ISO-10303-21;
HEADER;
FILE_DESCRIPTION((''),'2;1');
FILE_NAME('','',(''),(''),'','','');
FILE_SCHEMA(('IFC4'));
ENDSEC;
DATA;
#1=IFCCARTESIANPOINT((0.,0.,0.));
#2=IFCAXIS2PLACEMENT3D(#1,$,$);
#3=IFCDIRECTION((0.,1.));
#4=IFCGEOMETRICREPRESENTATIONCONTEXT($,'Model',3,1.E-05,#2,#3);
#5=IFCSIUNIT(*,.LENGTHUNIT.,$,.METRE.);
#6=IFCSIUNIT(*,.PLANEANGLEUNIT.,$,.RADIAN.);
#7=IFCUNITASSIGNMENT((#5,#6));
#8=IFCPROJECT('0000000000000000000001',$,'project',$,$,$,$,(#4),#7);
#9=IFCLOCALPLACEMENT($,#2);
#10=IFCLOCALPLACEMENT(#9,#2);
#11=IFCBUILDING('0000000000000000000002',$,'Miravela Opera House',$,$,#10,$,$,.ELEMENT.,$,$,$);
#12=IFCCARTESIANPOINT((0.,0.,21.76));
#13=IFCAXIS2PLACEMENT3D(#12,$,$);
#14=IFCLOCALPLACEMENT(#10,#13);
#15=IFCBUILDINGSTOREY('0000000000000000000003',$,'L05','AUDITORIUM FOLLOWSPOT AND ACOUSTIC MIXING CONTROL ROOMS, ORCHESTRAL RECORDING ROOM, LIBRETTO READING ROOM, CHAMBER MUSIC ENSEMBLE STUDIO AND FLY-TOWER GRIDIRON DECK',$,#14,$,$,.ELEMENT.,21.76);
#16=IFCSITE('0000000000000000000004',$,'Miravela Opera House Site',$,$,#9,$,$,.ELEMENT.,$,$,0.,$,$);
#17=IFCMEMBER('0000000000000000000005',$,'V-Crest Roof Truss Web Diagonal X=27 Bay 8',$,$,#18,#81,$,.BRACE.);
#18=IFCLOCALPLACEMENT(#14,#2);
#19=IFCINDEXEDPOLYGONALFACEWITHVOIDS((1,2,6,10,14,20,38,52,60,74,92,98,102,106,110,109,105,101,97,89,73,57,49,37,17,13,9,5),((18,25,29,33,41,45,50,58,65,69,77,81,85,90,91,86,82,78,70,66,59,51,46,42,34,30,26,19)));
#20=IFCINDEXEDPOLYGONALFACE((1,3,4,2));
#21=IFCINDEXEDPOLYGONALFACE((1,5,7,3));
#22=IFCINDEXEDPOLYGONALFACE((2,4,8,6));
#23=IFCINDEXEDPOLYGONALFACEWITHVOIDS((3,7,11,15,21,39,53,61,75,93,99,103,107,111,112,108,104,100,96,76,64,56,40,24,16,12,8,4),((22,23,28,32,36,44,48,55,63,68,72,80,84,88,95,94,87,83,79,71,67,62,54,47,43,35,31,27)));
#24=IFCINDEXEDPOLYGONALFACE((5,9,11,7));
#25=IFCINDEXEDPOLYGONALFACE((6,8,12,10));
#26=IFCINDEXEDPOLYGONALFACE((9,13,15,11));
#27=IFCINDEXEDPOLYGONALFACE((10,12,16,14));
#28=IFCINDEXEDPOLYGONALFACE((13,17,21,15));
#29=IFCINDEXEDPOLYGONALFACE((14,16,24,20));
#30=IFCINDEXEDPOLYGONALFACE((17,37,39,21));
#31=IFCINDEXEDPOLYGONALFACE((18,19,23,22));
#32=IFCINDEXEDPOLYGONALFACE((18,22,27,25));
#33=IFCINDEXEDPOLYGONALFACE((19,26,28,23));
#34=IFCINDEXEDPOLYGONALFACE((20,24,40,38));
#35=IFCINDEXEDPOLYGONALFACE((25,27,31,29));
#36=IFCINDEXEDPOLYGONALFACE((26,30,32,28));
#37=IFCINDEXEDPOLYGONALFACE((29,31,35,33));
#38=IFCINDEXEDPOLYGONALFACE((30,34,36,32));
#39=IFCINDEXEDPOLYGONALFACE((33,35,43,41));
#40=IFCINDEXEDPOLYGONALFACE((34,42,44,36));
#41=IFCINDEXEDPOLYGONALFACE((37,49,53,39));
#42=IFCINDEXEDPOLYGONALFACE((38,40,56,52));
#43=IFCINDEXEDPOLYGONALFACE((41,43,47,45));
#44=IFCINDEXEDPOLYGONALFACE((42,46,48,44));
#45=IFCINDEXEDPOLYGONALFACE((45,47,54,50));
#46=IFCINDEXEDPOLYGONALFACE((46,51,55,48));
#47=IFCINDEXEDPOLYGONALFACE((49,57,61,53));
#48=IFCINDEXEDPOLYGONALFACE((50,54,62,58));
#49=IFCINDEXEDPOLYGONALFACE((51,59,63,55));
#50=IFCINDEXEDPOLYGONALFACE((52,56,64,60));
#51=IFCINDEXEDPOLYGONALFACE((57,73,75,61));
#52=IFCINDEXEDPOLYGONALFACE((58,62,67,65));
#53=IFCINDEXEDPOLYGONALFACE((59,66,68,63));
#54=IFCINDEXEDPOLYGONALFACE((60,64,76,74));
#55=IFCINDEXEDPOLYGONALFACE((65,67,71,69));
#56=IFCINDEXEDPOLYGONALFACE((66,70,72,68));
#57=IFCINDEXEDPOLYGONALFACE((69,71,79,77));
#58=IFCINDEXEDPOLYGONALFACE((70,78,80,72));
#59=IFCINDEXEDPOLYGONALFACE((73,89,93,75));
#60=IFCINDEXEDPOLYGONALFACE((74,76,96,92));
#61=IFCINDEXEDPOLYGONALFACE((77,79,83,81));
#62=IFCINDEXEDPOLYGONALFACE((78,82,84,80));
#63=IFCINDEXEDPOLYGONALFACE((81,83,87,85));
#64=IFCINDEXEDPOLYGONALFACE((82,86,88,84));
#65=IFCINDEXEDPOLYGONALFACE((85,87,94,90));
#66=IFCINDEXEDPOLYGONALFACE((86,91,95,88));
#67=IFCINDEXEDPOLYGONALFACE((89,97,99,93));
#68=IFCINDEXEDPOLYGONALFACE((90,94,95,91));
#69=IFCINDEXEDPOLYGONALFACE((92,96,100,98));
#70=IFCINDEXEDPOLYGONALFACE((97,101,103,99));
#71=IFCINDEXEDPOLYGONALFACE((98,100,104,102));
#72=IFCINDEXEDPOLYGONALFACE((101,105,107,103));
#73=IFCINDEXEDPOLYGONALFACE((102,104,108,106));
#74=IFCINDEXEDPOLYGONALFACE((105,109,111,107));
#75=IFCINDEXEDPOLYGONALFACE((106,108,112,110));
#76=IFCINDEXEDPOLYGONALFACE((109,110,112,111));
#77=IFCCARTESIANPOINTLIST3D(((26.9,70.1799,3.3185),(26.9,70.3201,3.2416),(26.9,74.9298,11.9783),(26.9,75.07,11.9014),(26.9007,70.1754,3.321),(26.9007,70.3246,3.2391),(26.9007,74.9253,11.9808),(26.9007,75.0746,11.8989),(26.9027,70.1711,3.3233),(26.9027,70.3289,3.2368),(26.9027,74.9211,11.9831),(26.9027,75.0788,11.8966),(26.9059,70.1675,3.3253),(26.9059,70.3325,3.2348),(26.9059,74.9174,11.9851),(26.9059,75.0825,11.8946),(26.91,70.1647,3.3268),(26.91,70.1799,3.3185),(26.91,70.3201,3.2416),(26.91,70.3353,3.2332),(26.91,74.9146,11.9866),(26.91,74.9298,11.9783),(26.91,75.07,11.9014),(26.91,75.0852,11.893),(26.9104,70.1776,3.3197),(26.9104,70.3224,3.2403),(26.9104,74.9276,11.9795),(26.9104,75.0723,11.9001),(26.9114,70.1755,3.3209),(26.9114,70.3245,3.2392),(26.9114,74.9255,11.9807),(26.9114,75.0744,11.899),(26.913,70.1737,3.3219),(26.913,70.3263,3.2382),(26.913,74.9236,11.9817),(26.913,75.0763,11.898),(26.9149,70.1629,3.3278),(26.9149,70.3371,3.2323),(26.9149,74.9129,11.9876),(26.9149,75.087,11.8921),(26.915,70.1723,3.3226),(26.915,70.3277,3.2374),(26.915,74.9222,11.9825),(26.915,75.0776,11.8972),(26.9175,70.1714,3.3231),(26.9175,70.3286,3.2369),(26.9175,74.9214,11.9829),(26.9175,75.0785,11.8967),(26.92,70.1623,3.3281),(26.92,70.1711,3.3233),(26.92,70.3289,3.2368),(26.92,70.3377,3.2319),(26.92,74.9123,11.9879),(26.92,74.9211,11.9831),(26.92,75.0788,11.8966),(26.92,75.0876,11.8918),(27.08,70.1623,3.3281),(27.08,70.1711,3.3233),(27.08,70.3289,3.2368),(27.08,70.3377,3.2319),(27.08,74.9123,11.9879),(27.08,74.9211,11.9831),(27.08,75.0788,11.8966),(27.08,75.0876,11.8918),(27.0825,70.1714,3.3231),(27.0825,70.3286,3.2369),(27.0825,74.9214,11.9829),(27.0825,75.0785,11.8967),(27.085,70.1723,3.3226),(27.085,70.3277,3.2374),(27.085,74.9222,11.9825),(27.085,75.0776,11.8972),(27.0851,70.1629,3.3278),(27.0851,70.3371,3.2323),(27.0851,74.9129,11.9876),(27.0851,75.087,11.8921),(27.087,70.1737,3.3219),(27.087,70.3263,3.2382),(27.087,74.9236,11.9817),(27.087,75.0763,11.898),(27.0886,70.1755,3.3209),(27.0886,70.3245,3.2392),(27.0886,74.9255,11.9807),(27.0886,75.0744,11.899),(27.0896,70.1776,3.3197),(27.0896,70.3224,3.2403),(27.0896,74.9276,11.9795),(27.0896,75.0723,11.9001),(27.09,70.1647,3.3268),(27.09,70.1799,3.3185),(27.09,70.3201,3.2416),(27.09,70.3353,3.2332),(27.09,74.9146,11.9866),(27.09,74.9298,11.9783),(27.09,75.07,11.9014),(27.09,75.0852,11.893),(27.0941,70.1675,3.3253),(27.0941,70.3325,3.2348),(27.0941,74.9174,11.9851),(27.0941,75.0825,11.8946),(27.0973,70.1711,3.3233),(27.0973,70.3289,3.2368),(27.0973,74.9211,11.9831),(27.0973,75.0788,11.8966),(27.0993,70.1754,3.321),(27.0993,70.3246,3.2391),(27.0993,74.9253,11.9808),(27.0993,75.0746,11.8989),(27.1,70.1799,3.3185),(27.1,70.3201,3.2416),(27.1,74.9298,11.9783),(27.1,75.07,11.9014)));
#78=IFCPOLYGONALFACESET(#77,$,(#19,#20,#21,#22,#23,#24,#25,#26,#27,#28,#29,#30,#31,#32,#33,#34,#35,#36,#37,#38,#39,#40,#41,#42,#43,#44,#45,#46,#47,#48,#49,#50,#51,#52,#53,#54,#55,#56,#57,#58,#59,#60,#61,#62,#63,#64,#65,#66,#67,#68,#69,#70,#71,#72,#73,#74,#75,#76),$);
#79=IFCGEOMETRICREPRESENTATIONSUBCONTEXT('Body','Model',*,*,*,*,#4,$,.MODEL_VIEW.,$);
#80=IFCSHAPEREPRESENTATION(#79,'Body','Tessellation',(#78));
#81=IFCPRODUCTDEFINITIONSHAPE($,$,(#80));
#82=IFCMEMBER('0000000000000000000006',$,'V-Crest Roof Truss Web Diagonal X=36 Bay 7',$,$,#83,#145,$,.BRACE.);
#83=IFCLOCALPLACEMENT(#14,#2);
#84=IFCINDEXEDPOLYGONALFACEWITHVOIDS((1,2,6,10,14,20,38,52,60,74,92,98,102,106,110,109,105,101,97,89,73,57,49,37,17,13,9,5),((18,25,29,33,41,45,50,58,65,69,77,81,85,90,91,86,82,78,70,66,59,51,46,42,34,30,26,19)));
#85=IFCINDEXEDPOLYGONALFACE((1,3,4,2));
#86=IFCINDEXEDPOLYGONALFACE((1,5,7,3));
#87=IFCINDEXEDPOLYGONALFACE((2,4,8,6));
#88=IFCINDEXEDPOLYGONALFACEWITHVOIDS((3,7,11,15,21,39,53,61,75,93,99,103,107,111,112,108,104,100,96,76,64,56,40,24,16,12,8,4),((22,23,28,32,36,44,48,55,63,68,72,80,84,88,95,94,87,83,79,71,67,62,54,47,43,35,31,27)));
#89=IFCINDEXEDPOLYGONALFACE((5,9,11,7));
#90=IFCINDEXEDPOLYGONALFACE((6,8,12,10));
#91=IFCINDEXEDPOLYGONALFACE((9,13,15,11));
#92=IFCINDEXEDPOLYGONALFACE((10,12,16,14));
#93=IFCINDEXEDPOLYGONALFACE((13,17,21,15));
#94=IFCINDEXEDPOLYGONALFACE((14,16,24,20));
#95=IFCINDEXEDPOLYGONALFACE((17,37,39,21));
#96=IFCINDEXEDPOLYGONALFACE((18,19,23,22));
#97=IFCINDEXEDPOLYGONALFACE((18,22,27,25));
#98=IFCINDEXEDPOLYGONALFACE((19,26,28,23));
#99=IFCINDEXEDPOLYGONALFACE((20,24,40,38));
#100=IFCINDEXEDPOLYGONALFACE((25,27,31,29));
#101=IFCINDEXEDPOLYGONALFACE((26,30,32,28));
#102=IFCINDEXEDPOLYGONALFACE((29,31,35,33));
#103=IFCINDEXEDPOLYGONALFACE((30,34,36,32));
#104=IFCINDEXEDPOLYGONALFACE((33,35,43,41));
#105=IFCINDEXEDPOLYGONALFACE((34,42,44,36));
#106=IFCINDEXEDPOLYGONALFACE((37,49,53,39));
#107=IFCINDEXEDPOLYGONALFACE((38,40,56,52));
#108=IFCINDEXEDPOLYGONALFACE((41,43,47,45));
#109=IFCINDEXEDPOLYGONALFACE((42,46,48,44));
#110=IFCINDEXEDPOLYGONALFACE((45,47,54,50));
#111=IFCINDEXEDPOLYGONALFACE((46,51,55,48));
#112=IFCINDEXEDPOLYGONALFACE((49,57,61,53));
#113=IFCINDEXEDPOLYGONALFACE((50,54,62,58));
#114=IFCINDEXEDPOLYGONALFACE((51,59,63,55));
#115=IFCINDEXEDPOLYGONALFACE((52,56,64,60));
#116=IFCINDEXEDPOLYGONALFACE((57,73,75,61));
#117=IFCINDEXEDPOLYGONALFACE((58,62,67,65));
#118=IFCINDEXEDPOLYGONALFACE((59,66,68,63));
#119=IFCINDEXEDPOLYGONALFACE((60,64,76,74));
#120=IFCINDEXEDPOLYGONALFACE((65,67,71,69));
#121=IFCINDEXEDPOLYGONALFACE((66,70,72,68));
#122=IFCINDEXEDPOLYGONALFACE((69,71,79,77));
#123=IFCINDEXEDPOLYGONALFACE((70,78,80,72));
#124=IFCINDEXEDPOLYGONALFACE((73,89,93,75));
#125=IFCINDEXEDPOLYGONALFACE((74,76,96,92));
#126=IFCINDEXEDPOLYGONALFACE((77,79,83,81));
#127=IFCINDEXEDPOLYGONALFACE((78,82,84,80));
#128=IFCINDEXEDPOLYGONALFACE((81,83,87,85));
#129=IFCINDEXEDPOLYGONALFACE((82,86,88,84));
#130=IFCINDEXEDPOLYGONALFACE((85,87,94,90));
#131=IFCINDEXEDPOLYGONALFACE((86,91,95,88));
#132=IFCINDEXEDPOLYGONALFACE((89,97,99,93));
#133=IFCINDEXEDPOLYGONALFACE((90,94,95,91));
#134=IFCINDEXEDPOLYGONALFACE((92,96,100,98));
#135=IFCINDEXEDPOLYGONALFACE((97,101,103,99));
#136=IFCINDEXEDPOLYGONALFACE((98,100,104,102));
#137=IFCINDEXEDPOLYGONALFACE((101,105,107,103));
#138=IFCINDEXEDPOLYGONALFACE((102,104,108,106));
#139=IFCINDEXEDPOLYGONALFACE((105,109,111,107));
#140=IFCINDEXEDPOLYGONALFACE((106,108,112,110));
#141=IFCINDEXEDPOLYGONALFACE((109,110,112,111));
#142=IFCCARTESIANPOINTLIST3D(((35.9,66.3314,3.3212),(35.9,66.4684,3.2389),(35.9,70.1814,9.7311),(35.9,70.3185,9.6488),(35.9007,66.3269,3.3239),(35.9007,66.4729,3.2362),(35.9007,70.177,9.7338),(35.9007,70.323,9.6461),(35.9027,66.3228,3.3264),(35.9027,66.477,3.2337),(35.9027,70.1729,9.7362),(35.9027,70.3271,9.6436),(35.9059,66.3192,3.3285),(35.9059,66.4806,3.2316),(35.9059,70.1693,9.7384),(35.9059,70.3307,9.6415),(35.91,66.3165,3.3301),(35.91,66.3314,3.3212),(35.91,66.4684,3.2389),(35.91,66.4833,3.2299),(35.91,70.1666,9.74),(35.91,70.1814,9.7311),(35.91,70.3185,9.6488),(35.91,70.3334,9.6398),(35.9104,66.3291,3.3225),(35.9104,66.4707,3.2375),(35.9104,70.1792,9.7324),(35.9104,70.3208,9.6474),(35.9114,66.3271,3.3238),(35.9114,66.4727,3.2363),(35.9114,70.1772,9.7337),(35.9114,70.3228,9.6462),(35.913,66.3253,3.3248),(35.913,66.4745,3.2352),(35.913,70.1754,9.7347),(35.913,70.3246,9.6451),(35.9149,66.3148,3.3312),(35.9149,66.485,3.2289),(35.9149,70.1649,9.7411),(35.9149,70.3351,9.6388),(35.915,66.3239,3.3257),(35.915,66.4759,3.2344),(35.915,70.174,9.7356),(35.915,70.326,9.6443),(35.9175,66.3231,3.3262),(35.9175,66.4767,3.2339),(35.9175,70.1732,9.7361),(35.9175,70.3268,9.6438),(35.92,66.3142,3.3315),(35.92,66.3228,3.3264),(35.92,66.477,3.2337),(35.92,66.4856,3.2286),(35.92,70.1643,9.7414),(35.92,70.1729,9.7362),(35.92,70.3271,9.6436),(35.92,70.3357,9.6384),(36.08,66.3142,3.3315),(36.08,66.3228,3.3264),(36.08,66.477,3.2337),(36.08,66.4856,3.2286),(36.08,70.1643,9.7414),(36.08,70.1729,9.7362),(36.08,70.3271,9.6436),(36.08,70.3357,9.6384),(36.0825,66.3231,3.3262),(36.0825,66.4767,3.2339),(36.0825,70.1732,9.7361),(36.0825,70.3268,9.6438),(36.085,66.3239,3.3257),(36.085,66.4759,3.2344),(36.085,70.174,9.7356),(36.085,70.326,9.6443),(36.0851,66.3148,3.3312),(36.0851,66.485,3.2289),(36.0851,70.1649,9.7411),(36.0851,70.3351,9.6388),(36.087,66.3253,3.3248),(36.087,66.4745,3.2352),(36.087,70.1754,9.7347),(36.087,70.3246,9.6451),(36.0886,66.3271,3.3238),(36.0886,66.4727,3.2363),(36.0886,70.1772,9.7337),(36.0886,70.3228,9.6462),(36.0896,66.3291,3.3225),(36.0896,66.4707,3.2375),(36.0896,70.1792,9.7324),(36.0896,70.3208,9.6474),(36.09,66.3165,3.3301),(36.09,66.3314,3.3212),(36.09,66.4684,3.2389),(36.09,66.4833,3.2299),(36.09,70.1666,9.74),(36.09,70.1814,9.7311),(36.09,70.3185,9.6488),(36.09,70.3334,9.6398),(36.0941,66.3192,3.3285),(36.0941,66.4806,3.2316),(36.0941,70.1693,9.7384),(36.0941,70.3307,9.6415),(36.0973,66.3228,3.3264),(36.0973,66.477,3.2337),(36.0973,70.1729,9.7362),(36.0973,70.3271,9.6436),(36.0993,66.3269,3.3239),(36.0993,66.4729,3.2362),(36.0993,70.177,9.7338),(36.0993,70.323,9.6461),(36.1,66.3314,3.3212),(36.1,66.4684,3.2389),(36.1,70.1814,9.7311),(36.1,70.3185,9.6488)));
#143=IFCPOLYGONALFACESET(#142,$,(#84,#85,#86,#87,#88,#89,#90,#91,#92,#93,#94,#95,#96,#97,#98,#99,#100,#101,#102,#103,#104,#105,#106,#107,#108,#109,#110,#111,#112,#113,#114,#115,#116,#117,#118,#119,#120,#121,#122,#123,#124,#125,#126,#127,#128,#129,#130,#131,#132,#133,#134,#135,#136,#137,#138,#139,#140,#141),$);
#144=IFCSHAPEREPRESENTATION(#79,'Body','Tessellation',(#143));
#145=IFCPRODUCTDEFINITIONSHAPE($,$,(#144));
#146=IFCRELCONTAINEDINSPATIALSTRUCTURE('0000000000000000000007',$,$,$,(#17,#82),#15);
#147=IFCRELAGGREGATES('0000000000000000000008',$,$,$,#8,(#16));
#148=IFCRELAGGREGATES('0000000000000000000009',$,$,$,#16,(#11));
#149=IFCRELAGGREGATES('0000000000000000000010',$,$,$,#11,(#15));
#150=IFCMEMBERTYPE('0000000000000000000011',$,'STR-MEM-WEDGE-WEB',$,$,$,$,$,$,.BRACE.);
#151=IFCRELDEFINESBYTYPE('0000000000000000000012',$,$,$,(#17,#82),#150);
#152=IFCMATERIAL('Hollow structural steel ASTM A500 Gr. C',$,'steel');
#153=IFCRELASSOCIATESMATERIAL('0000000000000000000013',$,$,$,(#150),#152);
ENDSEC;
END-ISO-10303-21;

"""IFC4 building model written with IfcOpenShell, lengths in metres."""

from ifc_helpers import new_model, si_unit, direction, frame, origin, origin_2d, place, context, subcontext, project, spatial, hollow_rectangle, extrude, material, material_profile, profile_set, type_object, element, save


model = new_model("IFC4")

# Units and contexts
model_context = context("Model", 3, precision=1e-05, world=origin(), true_north=direction((0.0, 1.0)))
body_context = subcontext(model_context, "Body", "Model", "MODEL_VIEW")
ifc_project = project(units=[si_unit("LENGTHUNIT", "METRE"), si_unit("PLANEANGLEUNIT", "RADIAN")], contexts=[model_context])

# Site, building, storey
site_placement = place(None, origin())
site = spatial("IfcSite", under=ifc_project, at=site_placement, Name="Miravela Opera House Site", CompositionType="ELEMENT", RefElevation=0.0)
building_placement = place(site_placement, origin())
building = spatial("IfcBuilding", under=site, at=building_placement, Name="Miravela Opera House", CompositionType="ELEMENT")
storey_placement = place(building_placement, frame((0.0, 0.0, 21.76)))
storey = spatial("IfcBuildingStorey", under=building, at=storey_placement, Name="L05", Description="AUDITORIUM FOLLOWSPOT AND ACOUSTIC MIXING CONTROL ROOMS, ORCHESTRAL RECORDING ROOM, LIBRETTO READING ROOM, CHAMBER MUSIC ENSEMBLE STUDIO AND FLY-TOWER GRIDIRON DECK", CompositionType="ELEMENT", Elevation=21.76)

# Members
ifc_material_1 = material(Name="Hollow structural steel ASTM A500 Gr. C", Category="steel")
ifc_material_profile_1 = material_profile(ifc_material_1, hollow_rectangle(XDim=0.2, YDim=0.2, WallThickness=0.01, InnerFilletRadius=0.01, OuterFilletRadius=0.02, at=origin_2d()), Name="HSS200X200X10")
ifc_profile_set_1 = profile_set([ifc_material_profile_1])
member_type_1 = type_object("IfcMemberType", Name="STR-MEM-WEDGE-WEB", PredefinedType="BRACE", material=ifc_profile_set_1)
member_1_placement = place(storey_placement, frame((27.0, 70.25, 3.28), z_axis=(0.0, 0.480912, 0.876769), x_axis=(-1.0, 0.0, 0.0)))
element("IfcMember", 1, at=member_1_placement, inside=storey, type_object=member_type_1, Name="V-Crest Roof Truss Web Diagonal X=27 Bay 8", PredefinedType="BRACE", context=body_context, shape_type="SweptSolid", body=[
    extrude(hollow_rectangle(XDim=0.2, YDim=0.2, WallThickness=0.01, InnerFilletRadius=0.01, OuterFilletRadius=0.02, at=origin_2d()), origin(), (0.0, 0.0, 1.0), 9.877),
])
member_2_placement = place(storey_placement, frame((36.0, 66.3999, 3.28), z_axis=(0.0, 0.514904, 0.857248), x_axis=(-1.0, 0.0, 0.0)))
element("IfcMember", 2, at=member_2_placement, inside=storey, type_object=member_type_1, Name="V-Crest Roof Truss Web Diagonal X=36 Bay 7", PredefinedType="BRACE", context=body_context, shape_type="SweptSolid", body=[
    extrude(hollow_rectangle(XDim=0.2, YDim=0.2, WallThickness=0.01, InnerFilletRadius=0.01, OuterFilletRadius=0.02, at=origin_2d()), origin(), (0.0, 0.0, 1.0), 7.4773),
])

save(model, "model.ifc")
